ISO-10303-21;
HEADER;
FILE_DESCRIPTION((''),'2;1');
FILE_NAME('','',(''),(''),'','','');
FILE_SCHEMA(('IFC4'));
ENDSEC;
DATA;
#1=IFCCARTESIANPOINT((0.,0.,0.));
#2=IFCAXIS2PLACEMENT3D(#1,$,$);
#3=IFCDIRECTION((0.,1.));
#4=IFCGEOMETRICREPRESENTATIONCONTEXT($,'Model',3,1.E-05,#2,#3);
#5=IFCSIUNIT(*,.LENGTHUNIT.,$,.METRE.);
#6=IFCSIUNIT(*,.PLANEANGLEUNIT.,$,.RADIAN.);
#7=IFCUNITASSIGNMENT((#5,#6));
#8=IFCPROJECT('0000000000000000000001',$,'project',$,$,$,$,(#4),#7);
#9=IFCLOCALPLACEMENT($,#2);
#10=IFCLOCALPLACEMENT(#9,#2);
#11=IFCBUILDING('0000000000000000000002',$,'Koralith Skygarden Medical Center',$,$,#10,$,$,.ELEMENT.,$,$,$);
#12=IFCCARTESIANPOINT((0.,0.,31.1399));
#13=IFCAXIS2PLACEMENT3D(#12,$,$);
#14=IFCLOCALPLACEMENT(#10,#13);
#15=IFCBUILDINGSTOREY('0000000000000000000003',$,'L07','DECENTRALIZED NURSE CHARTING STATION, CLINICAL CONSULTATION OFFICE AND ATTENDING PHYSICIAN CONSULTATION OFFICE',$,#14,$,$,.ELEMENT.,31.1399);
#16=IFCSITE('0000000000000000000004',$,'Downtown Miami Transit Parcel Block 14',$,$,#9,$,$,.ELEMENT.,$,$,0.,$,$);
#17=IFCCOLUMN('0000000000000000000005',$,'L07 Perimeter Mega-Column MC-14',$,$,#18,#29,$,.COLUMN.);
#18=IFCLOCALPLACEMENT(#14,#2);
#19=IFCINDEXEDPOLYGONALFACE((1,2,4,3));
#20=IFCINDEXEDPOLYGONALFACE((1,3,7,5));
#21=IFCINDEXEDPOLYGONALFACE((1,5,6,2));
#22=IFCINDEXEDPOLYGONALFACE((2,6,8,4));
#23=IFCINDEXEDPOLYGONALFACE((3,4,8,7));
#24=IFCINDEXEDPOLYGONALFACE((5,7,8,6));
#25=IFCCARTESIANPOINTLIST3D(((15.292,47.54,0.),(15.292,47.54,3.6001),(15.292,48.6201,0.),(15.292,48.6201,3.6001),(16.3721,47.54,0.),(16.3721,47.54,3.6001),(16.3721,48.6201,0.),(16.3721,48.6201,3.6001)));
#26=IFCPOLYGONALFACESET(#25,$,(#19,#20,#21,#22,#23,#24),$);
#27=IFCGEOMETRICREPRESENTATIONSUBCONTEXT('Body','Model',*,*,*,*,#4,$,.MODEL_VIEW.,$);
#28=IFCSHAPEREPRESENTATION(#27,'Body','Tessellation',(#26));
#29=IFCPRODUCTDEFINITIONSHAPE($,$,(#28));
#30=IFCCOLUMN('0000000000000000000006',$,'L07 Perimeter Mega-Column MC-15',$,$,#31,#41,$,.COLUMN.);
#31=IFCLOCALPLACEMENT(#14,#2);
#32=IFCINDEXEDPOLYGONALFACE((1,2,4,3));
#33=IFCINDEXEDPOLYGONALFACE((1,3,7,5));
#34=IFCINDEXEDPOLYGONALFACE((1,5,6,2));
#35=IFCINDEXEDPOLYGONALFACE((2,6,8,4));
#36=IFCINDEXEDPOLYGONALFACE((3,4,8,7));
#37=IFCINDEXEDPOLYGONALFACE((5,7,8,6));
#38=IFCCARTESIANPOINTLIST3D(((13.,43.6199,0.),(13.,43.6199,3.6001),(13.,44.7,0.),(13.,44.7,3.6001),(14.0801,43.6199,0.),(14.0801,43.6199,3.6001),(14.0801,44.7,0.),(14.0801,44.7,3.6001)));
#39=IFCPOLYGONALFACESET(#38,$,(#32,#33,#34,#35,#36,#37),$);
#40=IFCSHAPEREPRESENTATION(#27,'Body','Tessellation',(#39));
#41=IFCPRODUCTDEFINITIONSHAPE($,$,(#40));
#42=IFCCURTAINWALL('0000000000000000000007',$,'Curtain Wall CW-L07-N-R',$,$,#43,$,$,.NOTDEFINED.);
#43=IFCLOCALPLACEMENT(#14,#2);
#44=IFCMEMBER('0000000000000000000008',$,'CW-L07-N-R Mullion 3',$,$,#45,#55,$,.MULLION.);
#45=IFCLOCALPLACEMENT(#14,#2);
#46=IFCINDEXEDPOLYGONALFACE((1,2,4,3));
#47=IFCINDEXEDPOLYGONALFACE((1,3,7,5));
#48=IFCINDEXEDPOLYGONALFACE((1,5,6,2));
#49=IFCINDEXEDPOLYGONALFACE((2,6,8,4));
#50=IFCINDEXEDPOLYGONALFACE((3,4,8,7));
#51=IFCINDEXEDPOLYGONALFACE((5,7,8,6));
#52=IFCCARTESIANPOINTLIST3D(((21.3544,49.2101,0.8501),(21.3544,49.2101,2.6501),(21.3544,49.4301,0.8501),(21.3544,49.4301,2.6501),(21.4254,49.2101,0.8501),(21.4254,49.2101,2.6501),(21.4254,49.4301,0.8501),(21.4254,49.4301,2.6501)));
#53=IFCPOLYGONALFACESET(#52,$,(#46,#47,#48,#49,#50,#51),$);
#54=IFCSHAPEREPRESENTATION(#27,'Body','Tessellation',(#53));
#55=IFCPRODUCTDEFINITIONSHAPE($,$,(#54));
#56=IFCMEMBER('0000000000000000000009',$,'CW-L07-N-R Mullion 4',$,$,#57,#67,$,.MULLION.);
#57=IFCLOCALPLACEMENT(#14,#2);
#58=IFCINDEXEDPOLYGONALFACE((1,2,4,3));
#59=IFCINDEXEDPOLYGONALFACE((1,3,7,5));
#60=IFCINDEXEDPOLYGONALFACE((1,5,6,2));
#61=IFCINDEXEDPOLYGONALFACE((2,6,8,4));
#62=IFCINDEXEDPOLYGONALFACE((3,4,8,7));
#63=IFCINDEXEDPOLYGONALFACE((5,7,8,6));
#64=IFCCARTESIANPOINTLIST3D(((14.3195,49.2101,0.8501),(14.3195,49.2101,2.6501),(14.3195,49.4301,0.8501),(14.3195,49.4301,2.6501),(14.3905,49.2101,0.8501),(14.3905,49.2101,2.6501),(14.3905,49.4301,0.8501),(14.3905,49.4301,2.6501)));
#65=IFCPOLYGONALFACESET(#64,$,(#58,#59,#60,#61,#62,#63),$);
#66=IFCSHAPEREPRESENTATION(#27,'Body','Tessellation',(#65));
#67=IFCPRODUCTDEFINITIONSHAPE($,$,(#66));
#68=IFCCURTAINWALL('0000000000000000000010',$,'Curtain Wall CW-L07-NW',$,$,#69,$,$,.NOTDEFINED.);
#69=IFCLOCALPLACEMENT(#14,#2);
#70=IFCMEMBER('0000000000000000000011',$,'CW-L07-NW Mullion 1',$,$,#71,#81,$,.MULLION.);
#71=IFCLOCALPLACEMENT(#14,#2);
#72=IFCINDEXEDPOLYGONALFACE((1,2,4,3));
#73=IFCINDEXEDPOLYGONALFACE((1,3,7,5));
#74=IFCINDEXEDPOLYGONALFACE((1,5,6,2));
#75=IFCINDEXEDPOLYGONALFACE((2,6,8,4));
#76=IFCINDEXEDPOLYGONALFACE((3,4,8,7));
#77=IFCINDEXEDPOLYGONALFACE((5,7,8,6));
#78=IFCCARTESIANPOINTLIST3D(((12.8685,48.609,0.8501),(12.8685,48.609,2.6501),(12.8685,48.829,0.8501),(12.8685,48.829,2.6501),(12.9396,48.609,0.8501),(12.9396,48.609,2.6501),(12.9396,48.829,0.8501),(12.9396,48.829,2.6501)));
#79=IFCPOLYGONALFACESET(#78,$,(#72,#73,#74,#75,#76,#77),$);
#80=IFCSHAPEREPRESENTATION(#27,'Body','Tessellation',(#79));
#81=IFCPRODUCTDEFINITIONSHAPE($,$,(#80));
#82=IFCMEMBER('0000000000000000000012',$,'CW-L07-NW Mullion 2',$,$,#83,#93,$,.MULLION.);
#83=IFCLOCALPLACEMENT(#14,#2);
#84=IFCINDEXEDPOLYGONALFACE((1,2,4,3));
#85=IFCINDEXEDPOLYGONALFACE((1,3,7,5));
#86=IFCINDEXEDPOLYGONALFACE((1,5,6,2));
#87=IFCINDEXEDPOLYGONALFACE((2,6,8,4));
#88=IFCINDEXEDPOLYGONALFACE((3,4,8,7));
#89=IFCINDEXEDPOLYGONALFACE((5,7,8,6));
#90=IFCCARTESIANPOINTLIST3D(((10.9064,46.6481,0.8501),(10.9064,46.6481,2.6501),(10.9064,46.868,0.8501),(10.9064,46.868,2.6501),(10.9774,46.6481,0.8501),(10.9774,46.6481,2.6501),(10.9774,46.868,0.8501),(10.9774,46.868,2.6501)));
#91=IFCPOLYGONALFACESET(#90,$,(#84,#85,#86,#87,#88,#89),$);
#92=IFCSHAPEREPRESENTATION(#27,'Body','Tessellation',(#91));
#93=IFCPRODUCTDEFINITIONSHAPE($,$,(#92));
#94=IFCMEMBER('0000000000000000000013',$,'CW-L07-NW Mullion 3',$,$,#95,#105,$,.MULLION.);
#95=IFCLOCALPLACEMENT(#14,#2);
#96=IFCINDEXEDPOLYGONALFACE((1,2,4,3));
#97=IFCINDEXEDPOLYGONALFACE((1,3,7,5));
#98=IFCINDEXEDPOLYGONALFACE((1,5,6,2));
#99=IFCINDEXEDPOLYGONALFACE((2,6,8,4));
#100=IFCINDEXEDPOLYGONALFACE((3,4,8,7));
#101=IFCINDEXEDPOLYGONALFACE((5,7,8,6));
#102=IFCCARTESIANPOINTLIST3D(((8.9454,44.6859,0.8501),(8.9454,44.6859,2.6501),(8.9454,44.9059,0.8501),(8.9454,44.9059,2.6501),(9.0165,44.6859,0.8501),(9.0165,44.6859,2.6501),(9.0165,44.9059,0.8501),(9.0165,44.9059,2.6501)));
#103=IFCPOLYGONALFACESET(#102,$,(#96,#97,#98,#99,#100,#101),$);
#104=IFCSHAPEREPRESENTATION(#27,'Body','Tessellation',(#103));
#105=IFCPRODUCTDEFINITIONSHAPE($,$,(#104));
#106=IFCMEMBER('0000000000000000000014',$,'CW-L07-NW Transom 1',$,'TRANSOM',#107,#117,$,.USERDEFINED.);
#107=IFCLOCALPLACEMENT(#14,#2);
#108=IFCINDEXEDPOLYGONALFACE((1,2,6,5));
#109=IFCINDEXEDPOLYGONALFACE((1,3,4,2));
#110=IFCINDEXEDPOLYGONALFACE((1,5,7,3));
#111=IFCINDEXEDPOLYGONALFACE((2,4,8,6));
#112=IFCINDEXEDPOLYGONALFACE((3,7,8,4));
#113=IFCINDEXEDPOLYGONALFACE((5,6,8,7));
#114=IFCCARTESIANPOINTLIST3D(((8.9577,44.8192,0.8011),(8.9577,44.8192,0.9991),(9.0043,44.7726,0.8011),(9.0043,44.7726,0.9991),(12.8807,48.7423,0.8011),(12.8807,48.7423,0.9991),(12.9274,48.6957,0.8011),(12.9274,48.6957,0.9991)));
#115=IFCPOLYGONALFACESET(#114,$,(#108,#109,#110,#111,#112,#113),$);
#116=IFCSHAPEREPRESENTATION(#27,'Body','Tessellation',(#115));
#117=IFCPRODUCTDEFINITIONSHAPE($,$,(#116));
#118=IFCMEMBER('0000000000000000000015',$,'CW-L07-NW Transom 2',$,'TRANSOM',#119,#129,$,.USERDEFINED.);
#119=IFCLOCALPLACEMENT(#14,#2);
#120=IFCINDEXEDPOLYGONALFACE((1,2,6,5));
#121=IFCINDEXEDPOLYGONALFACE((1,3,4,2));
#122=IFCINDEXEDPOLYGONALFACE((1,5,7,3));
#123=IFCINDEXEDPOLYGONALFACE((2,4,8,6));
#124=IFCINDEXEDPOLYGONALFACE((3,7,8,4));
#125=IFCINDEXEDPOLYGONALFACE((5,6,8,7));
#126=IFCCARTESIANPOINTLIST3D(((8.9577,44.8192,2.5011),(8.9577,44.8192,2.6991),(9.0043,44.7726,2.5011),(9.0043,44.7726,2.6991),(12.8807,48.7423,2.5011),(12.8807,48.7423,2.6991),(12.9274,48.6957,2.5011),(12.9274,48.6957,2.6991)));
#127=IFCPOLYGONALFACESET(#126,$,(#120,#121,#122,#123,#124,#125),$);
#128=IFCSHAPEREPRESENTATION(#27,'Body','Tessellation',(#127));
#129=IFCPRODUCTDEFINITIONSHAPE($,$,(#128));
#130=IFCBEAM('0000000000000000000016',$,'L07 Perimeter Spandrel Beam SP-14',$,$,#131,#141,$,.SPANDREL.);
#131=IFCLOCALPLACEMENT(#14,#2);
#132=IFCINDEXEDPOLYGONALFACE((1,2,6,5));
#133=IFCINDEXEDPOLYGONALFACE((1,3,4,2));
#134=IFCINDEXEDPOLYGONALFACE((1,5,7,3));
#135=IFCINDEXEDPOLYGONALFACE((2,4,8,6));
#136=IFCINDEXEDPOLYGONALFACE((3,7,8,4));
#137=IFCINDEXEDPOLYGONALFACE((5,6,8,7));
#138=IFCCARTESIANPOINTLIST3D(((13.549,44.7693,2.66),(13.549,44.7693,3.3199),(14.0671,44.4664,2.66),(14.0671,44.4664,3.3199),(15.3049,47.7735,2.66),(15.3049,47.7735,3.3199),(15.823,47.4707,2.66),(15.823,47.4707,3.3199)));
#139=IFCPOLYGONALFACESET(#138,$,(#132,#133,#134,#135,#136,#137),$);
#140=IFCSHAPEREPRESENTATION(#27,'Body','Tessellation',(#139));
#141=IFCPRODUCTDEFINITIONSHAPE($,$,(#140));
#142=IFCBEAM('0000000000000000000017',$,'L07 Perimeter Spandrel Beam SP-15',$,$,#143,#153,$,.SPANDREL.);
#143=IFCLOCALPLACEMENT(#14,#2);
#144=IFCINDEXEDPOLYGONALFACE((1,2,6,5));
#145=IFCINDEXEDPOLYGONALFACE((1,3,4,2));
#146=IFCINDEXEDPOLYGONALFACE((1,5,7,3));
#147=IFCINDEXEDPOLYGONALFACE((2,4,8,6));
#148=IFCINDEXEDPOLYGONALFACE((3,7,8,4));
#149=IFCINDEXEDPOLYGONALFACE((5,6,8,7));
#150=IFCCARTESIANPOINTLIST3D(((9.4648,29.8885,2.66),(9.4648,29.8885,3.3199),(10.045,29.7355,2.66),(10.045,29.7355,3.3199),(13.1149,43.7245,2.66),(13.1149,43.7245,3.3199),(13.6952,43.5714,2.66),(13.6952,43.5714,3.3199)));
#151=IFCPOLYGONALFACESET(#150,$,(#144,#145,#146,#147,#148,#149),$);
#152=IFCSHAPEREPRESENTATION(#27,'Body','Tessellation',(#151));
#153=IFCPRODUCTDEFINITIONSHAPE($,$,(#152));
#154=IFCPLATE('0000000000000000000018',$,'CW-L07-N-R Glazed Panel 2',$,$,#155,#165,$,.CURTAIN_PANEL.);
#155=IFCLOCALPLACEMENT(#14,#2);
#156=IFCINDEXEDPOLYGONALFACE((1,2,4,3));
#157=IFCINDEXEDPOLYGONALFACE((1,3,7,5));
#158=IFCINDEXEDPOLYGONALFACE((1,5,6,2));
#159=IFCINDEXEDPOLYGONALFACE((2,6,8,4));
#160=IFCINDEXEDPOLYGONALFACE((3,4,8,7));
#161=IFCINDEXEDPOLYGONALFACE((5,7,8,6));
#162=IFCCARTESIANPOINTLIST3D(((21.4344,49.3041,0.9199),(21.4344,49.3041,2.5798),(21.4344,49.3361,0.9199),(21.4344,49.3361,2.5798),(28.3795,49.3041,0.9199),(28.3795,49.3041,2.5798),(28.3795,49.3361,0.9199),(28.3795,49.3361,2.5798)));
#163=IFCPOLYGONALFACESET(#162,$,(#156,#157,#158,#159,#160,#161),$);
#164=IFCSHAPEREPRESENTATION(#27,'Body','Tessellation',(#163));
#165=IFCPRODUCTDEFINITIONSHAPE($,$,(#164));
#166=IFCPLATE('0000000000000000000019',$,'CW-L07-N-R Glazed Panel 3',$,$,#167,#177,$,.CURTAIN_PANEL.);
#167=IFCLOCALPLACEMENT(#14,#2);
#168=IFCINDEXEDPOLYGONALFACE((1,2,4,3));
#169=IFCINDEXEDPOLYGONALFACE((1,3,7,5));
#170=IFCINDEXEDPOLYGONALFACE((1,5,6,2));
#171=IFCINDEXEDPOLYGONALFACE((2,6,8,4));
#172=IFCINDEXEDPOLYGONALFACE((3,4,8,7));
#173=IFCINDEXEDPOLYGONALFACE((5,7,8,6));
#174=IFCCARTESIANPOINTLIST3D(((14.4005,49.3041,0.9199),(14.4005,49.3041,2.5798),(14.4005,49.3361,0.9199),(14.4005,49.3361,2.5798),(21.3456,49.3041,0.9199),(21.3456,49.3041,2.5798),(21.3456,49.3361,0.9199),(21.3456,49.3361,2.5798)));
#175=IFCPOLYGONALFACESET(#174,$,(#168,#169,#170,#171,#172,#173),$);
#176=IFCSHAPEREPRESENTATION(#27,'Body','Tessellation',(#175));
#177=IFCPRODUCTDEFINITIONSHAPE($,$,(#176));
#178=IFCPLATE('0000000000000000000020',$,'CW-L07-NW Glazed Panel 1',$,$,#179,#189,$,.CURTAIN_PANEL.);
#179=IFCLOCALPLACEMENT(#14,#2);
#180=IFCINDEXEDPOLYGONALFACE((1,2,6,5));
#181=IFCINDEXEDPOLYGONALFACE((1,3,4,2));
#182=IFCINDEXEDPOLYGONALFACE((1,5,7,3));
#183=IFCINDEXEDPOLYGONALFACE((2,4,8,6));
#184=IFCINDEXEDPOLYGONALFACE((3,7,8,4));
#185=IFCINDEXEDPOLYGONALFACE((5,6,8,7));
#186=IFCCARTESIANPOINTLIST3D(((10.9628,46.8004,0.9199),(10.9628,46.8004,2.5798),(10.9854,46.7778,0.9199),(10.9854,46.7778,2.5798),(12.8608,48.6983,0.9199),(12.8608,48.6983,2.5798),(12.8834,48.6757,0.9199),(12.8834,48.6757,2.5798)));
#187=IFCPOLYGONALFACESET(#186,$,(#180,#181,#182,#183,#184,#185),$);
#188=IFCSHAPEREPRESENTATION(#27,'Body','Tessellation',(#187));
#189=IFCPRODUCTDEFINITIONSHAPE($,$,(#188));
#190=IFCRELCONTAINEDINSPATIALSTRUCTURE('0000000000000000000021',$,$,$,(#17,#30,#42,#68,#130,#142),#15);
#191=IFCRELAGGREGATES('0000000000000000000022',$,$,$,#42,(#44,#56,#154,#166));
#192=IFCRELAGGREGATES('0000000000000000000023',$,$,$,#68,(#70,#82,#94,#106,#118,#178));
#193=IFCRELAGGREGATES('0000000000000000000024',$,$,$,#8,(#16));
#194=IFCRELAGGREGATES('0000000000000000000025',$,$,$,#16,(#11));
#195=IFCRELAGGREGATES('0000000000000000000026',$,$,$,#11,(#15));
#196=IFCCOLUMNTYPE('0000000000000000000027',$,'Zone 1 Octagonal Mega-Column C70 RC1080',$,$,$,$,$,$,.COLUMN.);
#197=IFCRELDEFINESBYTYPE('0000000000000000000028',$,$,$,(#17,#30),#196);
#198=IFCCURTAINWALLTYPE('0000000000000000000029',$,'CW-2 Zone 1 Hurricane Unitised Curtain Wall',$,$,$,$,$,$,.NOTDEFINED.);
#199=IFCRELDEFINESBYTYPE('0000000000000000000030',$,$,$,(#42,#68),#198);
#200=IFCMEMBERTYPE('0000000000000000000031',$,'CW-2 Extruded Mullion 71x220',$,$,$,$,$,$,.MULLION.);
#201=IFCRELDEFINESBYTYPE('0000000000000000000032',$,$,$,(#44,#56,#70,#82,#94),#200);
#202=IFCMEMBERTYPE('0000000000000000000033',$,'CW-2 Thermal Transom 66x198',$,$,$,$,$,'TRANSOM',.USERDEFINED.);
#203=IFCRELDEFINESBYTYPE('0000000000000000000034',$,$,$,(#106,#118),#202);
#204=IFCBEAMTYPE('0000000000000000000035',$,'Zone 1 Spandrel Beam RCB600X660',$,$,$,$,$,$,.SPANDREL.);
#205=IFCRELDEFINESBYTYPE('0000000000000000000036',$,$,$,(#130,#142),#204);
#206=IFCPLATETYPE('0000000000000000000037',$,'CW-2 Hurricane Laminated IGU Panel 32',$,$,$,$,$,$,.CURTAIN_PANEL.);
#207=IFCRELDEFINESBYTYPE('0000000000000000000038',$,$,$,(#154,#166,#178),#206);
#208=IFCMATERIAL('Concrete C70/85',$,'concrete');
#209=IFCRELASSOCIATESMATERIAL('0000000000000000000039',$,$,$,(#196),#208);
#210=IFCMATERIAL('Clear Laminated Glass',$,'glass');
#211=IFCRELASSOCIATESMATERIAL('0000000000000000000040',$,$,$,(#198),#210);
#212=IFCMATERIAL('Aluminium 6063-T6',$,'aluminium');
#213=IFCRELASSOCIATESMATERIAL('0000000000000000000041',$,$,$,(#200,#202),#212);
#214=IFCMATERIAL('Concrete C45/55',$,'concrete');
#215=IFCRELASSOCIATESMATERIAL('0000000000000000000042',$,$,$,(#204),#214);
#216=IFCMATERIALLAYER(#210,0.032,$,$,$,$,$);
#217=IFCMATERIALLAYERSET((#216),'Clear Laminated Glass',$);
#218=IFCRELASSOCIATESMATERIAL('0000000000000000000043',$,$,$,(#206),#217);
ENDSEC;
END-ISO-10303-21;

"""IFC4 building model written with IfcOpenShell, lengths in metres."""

from ifc_helpers import new_model, si_unit, direction, frame, origin, origin_2d, place, context, subcontext, project, spatial, rectangle, extrude, material, layer, layer_set, material_profile, profile_set, type_object, element, aggregate, save


model = new_model("IFC4")

# Units and contexts
model_context = context("Model", 3, precision=1e-05, world=origin(), true_north=direction((0.0, 1.0)))
body_context = subcontext(model_context, "Body", "Model", "MODEL_VIEW")
ifc_project = project(units=[si_unit("LENGTHUNIT", "METRE"), si_unit("PLANEANGLEUNIT", "RADIAN")], contexts=[model_context])

# Site, building, storey
site_placement = place(None, origin())
site = spatial("IfcSite", under=ifc_project, at=site_placement, Name="Downtown Miami Transit Parcel Block 14", CompositionType="ELEMENT", RefElevation=0.0)
building_placement = place(site_placement, origin())
building = spatial("IfcBuilding", under=site, at=building_placement, Name="Koralith Skygarden Medical Center", CompositionType="ELEMENT")
storey_placement = place(building_placement, frame((0.0, 0.0, 31.1399)))
storey = spatial("IfcBuildingStorey", under=building, at=storey_placement, Name="L07", Description="DECENTRALIZED NURSE CHARTING STATION, CLINICAL CONSULTATION OFFICE AND ATTENDING PHYSICIAN CONSULTATION OFFICE", CompositionType="ELEMENT", Elevation=31.1399)

# Columns
ifc_material_1 = material(Name="Concrete C70/85", Category="concrete")
ifc_material_profile_1 = material_profile(ifc_material_1, rectangle(XDim=1.0801, YDim=1.0801, at=origin_2d()), Name="RC1080X1080")
ifc_profile_set_1 = profile_set([ifc_material_profile_1], Name="Concrete C70/85")
column_type = type_object("IfcColumnType", Name="Zone 1 Octagonal Mega-Column C70 RC1080", PredefinedType="COLUMN", material=ifc_profile_set_1)
for number, where, z_axis, x_axis, name in (
    (1, (15.832, 48.0801, 0.0), (0.0, 0.0, 1.0), (1.0, 0.0, 0.0), "L07 Perimeter Mega-Column MC-14"),
    (2, (13.54, 44.1599, 0.0), (0.0, 0.0, 1.0), (1.0, 0.0, 0.0), "L07 Perimeter Mega-Column MC-15"),
):
    element("IfcColumn", number, at=place(storey_placement, frame(where, z_axis=z_axis, x_axis=x_axis)), inside=storey, type_object=column_type, Name=name, PredefinedType="COLUMN", context=body_context, shape_type="SweptSolid", body=[
        extrude(rectangle(XDim=1.0801, YDim=1.0801, at=origin_2d()), origin(), (0.0, 0.0, 1.0), 3.6001),
    ])

# Curtain walls, members
ifc_material_2 = material(Name="Clear Laminated Glass", Category="glass")
curtain_wall_type = type_object("IfcCurtainWallType", Name="CW-2 Zone 1 Hurricane Unitised Curtain Wall", PredefinedType="NOTDEFINED", material=ifc_material_2)
curtain_wall_1_placement = place(storey_placement, origin())
curtain_wall_1 = element("IfcCurtainWall", 3, at=curtain_wall_1_placement, inside=storey, type_object=curtain_wall_type, Name="Curtain Wall CW-L07-N-R", PredefinedType="NOTDEFINED")
ifc_material_3 = material(Name="Aluminium 6063-T6", Category="aluminium")
ifc_material_profile_2 = material_profile(ifc_material_3, rectangle(XDim=0.071, YDim=0.22, at=origin_2d()), Name="MUL71X220")
ifc_profile_set_2 = profile_set([ifc_material_profile_2], Name="Aluminium 6063-T6")
member_type_1 = type_object("IfcMemberType", Name="CW-2 Extruded Mullion 71x220", PredefinedType="MULLION", material=ifc_profile_set_2)
member_1_placement = place(storey_placement, frame((21.3899, 49.3201, 0.8501), z_axis=(0.0, 0.0, 1.0), x_axis=(1.0, 0.0, 0.0)))
member_1 = element("IfcMember", 4, at=member_1_placement, type_object=member_type_1, Name="CW-L07-N-R Mullion 3", PredefinedType="MULLION", context=body_context, shape_type="SweptSolid", body=[
    extrude(rectangle(XDim=0.071, YDim=0.22, at=origin_2d()), origin(), (0.0, 0.0, 1.0), 1.8),
])
member_2_placement = place(storey_placement, frame((14.355, 49.3201, 0.8501), z_axis=(0.0, 0.0, 1.0), x_axis=(1.0, 0.0, 0.0)))
member_2 = element("IfcMember", 5, at=member_2_placement, type_object=member_type_1, Name="CW-L07-N-R Mullion 4", PredefinedType="MULLION", context=body_context, shape_type="SweptSolid", body=[
    extrude(rectangle(XDim=0.071, YDim=0.22, at=origin_2d()), origin(), (0.0, 0.0, 1.0), 1.8),
])
curtain_wall_2_placement = place(storey_placement, origin())
curtain_wall_2 = element("IfcCurtainWall", 6, at=curtain_wall_2_placement, inside=storey, type_object=curtain_wall_type, Name="Curtain Wall CW-L07-NW", PredefinedType="NOTDEFINED")
member_3_placement = place(storey_placement, frame((12.9041, 48.719, 0.8501), z_axis=(0.0, 0.0, 1.0), x_axis=(1.0, 0.0, 0.0)))
member_3 = element("IfcMember", 7, at=member_3_placement, type_object=member_type_1, Name="CW-L07-NW Mullion 1", PredefinedType="MULLION", context=body_context, shape_type="SweptSolid", body=[
    extrude(rectangle(XDim=0.071, YDim=0.22, at=origin_2d()), origin(), (0.0, 0.0, 1.0), 1.8),
])
member_4_placement = place(storey_placement, frame((10.9419, 46.7581, 0.8501), z_axis=(0.0, 0.0, 1.0), x_axis=(1.0, 0.0, 0.0)))
member_4 = element("IfcMember", 8, at=member_4_placement, type_object=member_type_1, Name="CW-L07-NW Mullion 2", PredefinedType="MULLION", context=body_context, shape_type="SweptSolid", body=[
    extrude(rectangle(XDim=0.071, YDim=0.22, at=origin_2d()), origin(), (0.0, 0.0, 1.0), 1.8),
])
member_5_placement = place(storey_placement, frame((8.981, 44.7959, 0.8501), z_axis=(0.0, 0.0, 1.0), x_axis=(1.0, 0.0, 0.0)))
member_5 = element("IfcMember", 9, at=member_5_placement, type_object=member_type_1, Name="CW-L07-NW Mullion 3", PredefinedType="MULLION", context=body_context, shape_type="SweptSolid", body=[
    extrude(rectangle(XDim=0.071, YDim=0.22, at=origin_2d()), origin(), (0.0, 0.0, 1.0), 1.8),
])
ifc_material_profile_3 = material_profile(ifc_material_3, rectangle(XDim=0.0659, YDim=0.198, at=origin_2d()), Name="TRN66X198")
ifc_profile_set_3 = profile_set([ifc_material_profile_3], Name="Aluminium 6063-T6")
member_type_2 = type_object("IfcMemberType", Name="CW-2 Thermal Transom 66x198", ElementType="TRANSOM", PredefinedType="USERDEFINED", material=ifc_profile_set_3)
member_6_placement = place(storey_placement, frame((12.9041, 48.719, 0.9001), z_axis=(-0.707107, -0.707107, 0.0), x_axis=(0.707107, -0.707107, 0.0)))
member_6 = element("IfcMember", 10, at=member_6_placement, type_object=member_type_2, Name="CW-L07-NW Transom 1", ObjectType="TRANSOM", PredefinedType="USERDEFINED", context=body_context, shape_type="SweptSolid", body=[
    extrude(rectangle(XDim=0.0659, YDim=0.198, at=origin_2d()), origin(), (0.0, 0.0, 1.0), 5.5481),
])
member_7_placement = place(storey_placement, frame((12.9041, 48.719, 2.6001), z_axis=(-0.707107, -0.707107, 0.0), x_axis=(0.707107, -0.707107, 0.0)))
member_7 = element("IfcMember", 11, at=member_7_placement, type_object=member_type_2, Name="CW-L07-NW Transom 2", ObjectType="TRANSOM", PredefinedType="USERDEFINED", context=body_context, shape_type="SweptSolid", body=[
    extrude(rectangle(XDim=0.0659, YDim=0.198, at=origin_2d()), origin(), (0.0, 0.0, 1.0), 5.5481),
])

# Beams
ifc_material_4 = material(Name="Concrete C45/55", Category="concrete")
ifc_material_profile_4 = material_profile(ifc_material_4, rectangle(XDim=0.6001, YDim=0.6599, at=origin_2d()), Name="RCB600X660")
ifc_profile_set_4 = profile_set([ifc_material_profile_4], Name="Concrete C45/55")
beam_type = type_object("IfcBeamType", Name="Zone 1 Spandrel Beam RCB600X660", PredefinedType="SPANDREL", material=ifc_profile_set_4)
beam_1_placement = place(storey_placement, frame((15.564, 47.6221, 2.99), z_axis=(-0.504608, -0.863349, 0.0), x_axis=(0.863349, -0.504608, 0.0)))
element("IfcBeam", 12, at=beam_1_placement, inside=storey, type_object=beam_type, Name="L07 Perimeter Spandrel Beam SP-14", PredefinedType="SPANDREL", context=body_context, shape_type="SweptSolid", body=[
    extrude(rectangle(XDim=0.6001, YDim=0.6599, at=origin_2d()), origin(), (0.0, 0.0, 1.0), 3.4797),
])
beam_2_placement = place(storey_placement, frame((13.405, 43.6479, 2.99), z_axis=(-0.255089, -0.966918, 0.0), x_axis=(0.966918, -0.255089, 0.0)))
element("IfcBeam", 13, at=beam_2_placement, inside=storey, type_object=beam_type, Name="L07 Perimeter Spandrel Beam SP-15", PredefinedType="SPANDREL", context=body_context, shape_type="SweptSolid", body=[
    extrude(rectangle(XDim=0.6001, YDim=0.6599, at=origin_2d()), origin(), (0.0, 0.0, 1.0), 14.3093),
])

# Plates
ifc_layer_1 = layer(ifc_material_2, 0.032)
ifc_layer_set_1 = layer_set([ifc_layer_1], Name="Clear Laminated Glass")
plate_type_1 = type_object("IfcPlateType", Name="CW-2 Hurricane Laminated IGU Panel 32", PredefinedType="CURTAIN_PANEL", material=ifc_layer_set_1)
plate_1_placement = place(storey_placement, frame((24.907, 49.3201, 0.9199), z_axis=(0.0, 0.0, 1.0), x_axis=(-1.0, 0.0, 0.0)))
plate_1 = element("IfcPlate", 14, at=plate_1_placement, type_object=plate_type_1, Name="CW-L07-N-R Glazed Panel 2", PredefinedType="CURTAIN_PANEL", context=body_context, shape_type="SweptSolid", body=[
    extrude(rectangle(XDim=6.9451, YDim=0.032, at=origin_2d()), origin(), (0.0, 0.0, 1.0), 1.6599),
])
plate_2_placement = place(storey_placement, frame((17.873, 49.3201, 0.9199), z_axis=(0.0, 0.0, 1.0), x_axis=(-1.0, 0.0, 0.0)))
plate_2 = element("IfcPlate", 15, at=plate_2_placement, type_object=plate_type_1, Name="CW-L07-N-R Glazed Panel 3", PredefinedType="CURTAIN_PANEL", context=body_context, shape_type="SweptSolid", body=[
    extrude(rectangle(XDim=6.9451, YDim=0.032, at=origin_2d()), origin(), (0.0, 0.0, 1.0), 1.6599),
])
aggregate(curtain_wall_1, [member_1, member_2, plate_1, plate_2])
plate_3_placement = place(storey_placement, frame((11.9231, 47.738, 0.9199), z_axis=(0.0, 0.0, 1.0), x_axis=(-0.707107, -0.707107, 0.0)))
plate_3 = element("IfcPlate", 16, at=plate_3_placement, type_object=plate_type_1, Name="CW-L07-NW Glazed Panel 1", PredefinedType="CURTAIN_PANEL", context=body_context, shape_type="SweptSolid", body=[
    extrude(rectangle(XDim=2.6841, YDim=0.032, at=origin_2d()), origin(), (0.0, 0.0, 1.0), 1.6599),
])
aggregate(curtain_wall_2, [member_3, member_4, member_5, member_6, member_7, plate_3])

save(model, "model.ifc")
